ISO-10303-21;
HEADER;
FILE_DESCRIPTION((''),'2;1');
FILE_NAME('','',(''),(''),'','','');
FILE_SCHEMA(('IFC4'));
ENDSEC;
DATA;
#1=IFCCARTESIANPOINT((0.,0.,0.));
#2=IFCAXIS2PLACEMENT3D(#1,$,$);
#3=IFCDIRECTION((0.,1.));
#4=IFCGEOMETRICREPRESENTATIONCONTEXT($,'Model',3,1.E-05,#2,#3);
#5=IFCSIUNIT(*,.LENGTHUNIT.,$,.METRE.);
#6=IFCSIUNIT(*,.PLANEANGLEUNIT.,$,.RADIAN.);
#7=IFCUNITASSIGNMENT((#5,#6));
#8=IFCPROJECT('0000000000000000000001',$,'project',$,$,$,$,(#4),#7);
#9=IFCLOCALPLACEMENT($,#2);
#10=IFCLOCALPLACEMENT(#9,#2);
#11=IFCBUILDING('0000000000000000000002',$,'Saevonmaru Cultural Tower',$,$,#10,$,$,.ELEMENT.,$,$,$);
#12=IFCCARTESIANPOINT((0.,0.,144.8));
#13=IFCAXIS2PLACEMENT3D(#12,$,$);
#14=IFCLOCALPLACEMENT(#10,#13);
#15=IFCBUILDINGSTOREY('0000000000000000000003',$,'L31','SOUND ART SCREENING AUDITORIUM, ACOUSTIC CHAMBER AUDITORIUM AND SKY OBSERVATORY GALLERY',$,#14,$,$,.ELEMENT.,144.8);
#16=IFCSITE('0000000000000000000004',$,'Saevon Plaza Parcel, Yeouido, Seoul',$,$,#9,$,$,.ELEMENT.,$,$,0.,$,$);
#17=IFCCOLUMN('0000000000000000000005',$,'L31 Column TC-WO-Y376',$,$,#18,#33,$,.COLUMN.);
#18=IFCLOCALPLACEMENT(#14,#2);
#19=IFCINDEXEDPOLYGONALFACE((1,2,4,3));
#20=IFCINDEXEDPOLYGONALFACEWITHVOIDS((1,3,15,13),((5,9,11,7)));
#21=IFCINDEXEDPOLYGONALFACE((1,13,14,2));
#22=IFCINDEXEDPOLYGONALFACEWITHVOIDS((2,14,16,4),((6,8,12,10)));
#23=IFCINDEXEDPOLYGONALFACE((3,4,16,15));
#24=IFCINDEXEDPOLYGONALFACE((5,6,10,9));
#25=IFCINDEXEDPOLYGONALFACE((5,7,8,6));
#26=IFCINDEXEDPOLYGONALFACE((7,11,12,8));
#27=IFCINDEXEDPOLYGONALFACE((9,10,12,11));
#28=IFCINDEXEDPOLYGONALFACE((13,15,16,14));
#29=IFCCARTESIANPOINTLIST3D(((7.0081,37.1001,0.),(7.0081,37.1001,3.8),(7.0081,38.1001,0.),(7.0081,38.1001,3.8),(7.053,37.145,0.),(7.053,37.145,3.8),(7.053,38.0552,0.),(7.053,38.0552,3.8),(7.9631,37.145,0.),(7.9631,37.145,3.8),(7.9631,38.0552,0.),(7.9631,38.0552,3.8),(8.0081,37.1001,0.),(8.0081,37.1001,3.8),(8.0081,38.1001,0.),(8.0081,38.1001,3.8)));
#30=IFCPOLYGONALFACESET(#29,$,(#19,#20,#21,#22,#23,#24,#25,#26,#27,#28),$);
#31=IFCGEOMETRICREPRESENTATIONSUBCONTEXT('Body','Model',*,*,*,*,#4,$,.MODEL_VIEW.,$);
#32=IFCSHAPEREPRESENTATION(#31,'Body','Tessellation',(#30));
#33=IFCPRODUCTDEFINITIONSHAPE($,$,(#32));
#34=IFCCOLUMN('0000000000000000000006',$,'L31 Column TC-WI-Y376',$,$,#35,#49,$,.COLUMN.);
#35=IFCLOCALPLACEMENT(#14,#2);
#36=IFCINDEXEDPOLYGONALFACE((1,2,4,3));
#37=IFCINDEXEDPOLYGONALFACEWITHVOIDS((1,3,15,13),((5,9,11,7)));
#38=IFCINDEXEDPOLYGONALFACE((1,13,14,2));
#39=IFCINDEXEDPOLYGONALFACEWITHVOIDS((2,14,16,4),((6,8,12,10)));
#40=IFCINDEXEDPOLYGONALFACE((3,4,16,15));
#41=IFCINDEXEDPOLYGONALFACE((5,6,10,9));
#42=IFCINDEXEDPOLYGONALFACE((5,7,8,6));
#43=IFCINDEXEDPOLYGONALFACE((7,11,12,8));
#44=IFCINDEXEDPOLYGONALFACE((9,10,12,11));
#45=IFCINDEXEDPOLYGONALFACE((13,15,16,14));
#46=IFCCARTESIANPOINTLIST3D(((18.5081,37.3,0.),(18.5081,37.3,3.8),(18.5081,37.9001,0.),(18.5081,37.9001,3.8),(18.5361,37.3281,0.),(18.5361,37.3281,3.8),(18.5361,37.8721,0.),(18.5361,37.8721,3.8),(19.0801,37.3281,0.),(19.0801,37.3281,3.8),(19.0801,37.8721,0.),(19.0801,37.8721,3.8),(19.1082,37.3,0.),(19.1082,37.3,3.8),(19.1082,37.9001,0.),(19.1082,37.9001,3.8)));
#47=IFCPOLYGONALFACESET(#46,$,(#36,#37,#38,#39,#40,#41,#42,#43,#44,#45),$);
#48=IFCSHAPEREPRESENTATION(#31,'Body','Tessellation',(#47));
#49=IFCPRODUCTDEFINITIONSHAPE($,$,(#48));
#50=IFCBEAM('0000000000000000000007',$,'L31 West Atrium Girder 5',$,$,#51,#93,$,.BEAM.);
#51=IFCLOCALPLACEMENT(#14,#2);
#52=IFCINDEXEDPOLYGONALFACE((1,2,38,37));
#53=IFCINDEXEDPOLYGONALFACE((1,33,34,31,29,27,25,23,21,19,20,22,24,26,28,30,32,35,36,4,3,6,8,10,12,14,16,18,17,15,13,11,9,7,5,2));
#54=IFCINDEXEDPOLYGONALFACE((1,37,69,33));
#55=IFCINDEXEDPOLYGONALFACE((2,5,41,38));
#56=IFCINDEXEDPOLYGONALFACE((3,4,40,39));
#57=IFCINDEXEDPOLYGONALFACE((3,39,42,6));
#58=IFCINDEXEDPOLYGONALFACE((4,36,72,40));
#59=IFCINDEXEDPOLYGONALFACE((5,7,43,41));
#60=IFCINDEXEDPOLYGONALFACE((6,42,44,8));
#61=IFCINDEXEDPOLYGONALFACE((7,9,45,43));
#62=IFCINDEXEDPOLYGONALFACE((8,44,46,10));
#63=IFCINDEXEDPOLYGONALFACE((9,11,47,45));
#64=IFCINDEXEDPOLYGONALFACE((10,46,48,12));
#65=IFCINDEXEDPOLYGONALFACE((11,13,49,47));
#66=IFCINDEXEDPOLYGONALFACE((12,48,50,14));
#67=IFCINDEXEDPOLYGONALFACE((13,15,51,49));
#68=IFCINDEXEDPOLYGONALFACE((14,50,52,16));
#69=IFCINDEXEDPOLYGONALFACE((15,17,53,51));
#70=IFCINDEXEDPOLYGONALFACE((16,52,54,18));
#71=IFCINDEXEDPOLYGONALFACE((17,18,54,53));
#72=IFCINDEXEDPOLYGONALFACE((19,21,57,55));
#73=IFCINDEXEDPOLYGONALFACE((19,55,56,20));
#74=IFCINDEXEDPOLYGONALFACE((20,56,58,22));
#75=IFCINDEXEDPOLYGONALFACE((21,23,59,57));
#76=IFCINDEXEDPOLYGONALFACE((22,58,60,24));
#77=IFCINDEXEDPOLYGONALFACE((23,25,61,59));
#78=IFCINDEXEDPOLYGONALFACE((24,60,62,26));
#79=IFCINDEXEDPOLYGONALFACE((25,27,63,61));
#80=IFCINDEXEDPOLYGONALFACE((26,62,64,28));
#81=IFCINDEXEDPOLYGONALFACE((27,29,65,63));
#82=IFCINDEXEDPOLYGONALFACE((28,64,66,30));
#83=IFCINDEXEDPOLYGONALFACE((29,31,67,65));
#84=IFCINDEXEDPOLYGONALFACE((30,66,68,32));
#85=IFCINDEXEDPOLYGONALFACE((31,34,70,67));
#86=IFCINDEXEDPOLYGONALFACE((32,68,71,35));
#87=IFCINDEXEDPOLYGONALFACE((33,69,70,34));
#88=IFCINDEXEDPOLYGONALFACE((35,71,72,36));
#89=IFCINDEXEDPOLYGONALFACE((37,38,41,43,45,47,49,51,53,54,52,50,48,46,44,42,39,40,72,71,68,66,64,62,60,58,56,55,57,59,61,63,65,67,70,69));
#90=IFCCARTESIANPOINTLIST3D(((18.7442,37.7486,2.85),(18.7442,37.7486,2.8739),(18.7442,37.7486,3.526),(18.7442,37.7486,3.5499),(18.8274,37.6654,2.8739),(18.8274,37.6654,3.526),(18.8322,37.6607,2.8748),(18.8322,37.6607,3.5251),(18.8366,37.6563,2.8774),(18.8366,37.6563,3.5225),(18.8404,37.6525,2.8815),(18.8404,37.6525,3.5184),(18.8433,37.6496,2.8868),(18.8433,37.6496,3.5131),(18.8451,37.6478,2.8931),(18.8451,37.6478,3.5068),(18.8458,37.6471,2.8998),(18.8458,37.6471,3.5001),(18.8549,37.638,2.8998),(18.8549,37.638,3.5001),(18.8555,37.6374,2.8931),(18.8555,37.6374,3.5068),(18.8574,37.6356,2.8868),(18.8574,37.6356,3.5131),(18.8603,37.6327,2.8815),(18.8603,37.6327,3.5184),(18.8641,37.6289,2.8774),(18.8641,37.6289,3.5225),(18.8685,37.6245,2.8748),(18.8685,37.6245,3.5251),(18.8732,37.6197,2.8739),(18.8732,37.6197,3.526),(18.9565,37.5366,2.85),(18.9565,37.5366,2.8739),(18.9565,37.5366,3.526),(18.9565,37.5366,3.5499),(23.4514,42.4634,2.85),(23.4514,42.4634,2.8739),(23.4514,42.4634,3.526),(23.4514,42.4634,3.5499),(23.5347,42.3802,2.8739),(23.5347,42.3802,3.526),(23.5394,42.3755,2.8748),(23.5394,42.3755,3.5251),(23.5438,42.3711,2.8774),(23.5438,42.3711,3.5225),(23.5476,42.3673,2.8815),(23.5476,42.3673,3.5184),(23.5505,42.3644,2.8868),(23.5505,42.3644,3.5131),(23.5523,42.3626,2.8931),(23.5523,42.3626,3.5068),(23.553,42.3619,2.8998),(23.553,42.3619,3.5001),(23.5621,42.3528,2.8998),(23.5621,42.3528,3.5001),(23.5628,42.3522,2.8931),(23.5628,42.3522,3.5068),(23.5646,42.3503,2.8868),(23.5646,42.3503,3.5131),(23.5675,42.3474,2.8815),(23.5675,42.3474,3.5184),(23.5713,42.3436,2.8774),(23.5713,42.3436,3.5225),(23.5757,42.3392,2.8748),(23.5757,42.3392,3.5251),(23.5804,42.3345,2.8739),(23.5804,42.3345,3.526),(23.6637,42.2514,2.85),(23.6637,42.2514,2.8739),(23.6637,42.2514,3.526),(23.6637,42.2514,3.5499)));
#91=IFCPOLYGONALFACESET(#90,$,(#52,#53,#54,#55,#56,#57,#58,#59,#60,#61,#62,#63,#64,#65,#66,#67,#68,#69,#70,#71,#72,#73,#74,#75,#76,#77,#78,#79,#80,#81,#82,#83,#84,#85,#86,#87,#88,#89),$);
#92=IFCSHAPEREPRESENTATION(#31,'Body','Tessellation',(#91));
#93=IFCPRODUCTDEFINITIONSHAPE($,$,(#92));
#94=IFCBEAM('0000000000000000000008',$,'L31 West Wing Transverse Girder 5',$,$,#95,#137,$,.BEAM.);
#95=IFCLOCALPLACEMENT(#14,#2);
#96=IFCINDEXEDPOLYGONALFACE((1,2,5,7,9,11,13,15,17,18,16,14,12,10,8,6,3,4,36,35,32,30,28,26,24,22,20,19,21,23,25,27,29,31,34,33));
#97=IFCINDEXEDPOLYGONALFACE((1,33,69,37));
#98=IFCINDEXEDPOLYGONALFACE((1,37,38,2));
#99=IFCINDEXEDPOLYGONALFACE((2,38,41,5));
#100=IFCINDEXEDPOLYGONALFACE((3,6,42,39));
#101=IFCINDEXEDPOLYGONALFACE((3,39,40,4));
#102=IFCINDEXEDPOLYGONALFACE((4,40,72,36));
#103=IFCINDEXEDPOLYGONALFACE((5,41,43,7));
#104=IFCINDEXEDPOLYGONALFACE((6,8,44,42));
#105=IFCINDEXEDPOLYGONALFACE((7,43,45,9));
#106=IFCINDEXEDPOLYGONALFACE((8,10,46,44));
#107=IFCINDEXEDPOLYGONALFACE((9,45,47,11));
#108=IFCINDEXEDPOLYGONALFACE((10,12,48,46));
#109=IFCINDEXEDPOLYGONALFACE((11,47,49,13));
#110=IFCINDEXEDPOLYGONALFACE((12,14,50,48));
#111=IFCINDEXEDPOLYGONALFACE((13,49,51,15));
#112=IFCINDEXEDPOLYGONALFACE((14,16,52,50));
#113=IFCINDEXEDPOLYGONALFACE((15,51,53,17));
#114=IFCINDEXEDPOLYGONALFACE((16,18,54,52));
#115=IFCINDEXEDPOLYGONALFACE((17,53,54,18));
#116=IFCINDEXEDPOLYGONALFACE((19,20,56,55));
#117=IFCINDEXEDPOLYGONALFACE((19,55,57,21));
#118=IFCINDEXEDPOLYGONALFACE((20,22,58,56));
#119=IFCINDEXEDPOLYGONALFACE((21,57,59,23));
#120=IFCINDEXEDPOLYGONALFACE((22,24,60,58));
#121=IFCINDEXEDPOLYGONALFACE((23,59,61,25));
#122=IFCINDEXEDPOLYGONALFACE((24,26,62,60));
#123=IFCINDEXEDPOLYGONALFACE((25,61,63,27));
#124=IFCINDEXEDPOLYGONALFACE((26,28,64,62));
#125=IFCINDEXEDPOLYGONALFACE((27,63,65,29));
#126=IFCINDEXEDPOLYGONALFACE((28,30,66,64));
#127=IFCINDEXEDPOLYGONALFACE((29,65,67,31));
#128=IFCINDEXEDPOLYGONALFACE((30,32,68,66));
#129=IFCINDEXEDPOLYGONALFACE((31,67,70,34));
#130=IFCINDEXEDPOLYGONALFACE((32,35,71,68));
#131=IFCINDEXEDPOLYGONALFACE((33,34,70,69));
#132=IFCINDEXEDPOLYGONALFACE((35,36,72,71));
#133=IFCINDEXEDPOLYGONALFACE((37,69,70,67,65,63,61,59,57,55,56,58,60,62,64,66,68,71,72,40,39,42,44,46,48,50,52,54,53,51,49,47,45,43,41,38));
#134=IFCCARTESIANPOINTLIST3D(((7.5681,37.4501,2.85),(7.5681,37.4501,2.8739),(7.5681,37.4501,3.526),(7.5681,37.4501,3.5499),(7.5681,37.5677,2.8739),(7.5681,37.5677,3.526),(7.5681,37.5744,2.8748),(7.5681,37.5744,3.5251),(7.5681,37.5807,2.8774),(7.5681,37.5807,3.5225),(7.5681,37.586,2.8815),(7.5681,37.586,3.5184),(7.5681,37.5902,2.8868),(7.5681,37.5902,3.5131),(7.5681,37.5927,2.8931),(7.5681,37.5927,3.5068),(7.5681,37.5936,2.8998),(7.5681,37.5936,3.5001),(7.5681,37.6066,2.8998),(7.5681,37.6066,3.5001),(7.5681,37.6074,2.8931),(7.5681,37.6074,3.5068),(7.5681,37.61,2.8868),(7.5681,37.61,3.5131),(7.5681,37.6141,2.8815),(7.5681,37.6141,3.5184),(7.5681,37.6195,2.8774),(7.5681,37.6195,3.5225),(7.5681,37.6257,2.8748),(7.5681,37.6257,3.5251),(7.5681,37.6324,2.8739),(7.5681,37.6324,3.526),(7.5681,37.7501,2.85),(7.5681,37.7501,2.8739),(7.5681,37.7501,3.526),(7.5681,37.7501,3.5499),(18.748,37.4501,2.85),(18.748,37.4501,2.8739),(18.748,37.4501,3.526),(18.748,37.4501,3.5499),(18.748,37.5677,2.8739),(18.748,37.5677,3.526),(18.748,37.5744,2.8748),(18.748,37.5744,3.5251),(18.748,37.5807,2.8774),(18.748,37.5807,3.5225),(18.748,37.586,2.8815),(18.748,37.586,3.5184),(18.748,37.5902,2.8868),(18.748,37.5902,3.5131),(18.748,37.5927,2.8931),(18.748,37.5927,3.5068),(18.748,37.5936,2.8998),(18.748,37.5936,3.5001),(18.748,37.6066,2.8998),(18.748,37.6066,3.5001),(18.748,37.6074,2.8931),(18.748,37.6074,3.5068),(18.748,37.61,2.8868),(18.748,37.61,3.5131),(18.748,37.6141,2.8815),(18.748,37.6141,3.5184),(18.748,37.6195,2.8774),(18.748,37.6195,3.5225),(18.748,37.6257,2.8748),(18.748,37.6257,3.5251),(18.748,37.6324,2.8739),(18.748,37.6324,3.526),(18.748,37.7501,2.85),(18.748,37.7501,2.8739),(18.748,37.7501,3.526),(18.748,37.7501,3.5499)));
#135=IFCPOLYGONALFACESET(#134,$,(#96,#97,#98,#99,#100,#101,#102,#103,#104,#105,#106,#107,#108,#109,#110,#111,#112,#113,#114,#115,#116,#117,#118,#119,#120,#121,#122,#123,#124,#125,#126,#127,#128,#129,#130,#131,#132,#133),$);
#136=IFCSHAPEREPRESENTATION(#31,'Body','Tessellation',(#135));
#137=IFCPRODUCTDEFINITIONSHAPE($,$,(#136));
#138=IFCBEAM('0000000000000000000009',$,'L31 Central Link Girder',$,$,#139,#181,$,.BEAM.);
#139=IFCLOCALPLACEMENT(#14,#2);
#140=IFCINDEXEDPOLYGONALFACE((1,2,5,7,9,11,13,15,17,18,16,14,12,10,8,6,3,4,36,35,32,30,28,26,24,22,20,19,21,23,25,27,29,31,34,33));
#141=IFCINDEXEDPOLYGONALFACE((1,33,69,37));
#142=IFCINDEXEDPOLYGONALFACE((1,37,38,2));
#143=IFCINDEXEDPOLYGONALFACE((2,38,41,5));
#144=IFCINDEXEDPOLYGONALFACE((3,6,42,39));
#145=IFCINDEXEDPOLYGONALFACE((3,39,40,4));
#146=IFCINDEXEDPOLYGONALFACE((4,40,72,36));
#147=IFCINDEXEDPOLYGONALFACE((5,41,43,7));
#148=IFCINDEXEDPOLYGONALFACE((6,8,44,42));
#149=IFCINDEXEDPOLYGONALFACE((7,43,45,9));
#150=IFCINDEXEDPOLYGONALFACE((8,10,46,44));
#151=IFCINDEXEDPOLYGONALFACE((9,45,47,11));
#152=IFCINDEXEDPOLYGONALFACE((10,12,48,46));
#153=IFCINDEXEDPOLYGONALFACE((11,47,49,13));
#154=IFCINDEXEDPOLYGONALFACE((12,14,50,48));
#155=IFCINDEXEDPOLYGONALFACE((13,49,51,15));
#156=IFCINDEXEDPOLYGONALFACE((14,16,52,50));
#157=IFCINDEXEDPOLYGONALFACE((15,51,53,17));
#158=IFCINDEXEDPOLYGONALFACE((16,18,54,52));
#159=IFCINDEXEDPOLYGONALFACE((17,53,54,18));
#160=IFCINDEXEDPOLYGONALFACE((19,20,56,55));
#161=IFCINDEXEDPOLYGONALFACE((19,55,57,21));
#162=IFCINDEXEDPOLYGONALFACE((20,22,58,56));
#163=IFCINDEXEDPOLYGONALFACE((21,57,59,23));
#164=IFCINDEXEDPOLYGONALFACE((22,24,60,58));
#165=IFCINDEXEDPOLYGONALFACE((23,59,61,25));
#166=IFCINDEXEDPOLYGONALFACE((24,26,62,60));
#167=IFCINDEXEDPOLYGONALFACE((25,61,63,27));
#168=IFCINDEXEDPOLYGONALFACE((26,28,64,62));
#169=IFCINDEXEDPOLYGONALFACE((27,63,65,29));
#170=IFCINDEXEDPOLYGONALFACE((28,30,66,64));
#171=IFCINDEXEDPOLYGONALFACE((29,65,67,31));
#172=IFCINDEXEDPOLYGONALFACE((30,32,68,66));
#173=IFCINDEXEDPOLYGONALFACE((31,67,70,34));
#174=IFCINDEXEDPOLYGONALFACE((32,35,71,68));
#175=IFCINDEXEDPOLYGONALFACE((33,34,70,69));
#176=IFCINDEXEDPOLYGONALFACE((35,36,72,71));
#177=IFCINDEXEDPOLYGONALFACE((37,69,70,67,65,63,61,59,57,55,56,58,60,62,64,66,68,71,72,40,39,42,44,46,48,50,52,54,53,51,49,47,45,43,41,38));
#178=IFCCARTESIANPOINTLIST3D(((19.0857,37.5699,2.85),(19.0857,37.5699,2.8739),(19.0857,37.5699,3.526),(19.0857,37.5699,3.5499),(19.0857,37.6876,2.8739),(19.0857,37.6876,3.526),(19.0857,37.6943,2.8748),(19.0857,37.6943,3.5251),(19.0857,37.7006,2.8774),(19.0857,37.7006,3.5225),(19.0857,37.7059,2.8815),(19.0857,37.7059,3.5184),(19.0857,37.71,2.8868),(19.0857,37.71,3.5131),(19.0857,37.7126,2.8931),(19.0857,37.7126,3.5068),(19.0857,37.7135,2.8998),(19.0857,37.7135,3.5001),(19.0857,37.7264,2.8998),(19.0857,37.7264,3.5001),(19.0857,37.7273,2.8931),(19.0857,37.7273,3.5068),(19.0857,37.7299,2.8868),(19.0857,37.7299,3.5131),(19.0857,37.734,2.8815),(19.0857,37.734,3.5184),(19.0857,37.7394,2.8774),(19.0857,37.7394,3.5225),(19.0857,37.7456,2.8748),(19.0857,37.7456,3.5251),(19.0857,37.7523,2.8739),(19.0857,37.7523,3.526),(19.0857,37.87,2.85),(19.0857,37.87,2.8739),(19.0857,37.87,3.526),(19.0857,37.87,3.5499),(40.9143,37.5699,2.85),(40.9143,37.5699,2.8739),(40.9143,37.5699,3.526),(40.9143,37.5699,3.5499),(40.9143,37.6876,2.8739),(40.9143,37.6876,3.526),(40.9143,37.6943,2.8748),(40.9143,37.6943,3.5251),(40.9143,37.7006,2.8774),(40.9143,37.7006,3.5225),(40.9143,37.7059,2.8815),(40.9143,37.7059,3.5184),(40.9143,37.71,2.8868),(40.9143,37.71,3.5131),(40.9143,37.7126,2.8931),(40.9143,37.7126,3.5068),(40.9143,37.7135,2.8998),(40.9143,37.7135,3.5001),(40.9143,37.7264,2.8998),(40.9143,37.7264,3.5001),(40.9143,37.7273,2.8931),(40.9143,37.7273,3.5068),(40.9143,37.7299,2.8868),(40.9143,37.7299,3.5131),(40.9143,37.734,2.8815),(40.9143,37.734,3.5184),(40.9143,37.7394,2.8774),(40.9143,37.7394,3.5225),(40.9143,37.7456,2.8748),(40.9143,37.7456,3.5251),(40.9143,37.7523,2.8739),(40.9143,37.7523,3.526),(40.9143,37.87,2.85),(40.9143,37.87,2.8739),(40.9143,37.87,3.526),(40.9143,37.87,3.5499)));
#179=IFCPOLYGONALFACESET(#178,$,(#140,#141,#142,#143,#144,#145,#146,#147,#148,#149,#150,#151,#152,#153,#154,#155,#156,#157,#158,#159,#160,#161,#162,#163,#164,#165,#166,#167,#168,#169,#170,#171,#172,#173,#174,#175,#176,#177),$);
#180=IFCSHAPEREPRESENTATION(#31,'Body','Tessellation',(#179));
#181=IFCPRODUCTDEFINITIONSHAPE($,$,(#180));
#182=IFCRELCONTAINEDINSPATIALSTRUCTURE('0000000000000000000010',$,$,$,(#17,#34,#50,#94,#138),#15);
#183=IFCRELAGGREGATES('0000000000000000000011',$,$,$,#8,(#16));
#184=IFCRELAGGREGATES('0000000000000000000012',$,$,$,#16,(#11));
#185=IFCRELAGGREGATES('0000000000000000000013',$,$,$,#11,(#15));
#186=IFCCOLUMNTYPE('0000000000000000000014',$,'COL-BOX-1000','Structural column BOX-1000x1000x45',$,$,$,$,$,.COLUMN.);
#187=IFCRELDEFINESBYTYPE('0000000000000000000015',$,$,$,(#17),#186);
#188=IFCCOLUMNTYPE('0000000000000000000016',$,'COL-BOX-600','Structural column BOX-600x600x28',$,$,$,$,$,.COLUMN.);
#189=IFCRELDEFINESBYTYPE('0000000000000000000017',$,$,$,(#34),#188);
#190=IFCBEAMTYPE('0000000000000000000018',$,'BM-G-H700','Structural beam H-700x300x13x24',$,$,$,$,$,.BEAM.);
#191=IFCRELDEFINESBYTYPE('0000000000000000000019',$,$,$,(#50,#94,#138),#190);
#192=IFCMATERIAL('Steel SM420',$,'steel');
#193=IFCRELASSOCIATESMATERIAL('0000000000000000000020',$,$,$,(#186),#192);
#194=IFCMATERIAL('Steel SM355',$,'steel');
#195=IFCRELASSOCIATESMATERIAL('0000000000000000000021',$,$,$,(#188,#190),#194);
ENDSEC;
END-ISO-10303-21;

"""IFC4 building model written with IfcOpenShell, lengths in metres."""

from ifc_helpers import new_model, si_unit, direction, frame, origin, origin_2d, place, context, subcontext, project, spatial, hollow_rectangle, i_section, extrude, material, material_profile, profile_set, type_object, element, save


model = new_model("IFC4")

# Units and contexts
model_context = context("Model", 3, precision=1e-05, world=origin(), true_north=direction((0.0, 1.0)))
body_context = subcontext(model_context, "Body", "Model", "MODEL_VIEW")
ifc_project = project(units=[si_unit("LENGTHUNIT", "METRE"), si_unit("PLANEANGLEUNIT", "RADIAN")], contexts=[model_context])

# Site, building, storey
site_placement = place(None, origin())
site = spatial("IfcSite", under=ifc_project, at=site_placement, Name="Saevon Plaza Parcel, Yeouido, Seoul", CompositionType="ELEMENT", RefElevation=0.0)
building_placement = place(site_placement, origin())
building = spatial("IfcBuilding", under=site, at=building_placement, Name="Saevonmaru Cultural Tower", CompositionType="ELEMENT")
storey_placement = place(building_placement, frame((0.0, 0.0, 144.8)))
storey = spatial("IfcBuildingStorey", under=building, at=storey_placement, Name="L31", Description="SOUND ART SCREENING AUDITORIUM, ACOUSTIC CHAMBER AUDITORIUM AND SKY OBSERVATORY GALLERY", CompositionType="ELEMENT", Elevation=144.8)

# Columns
ifc_material_1 = material(Name="Steel SM420", Category="steel")
ifc_material_profile_1 = material_profile(ifc_material_1, hollow_rectangle(XDim=1.0, YDim=1.0, WallThickness=0.0449, at=origin_2d()), Name="BOX-1000x1000x45")
ifc_profile_set_1 = profile_set([ifc_material_profile_1], Name="Steel SM420")
column_type_1 = type_object("IfcColumnType", Name="COL-BOX-1000", Description="Structural column BOX-1000x1000x45", PredefinedType="COLUMN", material=ifc_profile_set_1)
column_1_placement = place(storey_placement, frame((7.5081, 37.6001, 0.0), z_axis=(0.0, 0.0, 1.0), x_axis=(1.0, 0.0, 0.0)))
element("IfcColumn", 1, at=column_1_placement, inside=storey, type_object=column_type_1, Name="L31 Column TC-WO-Y376", PredefinedType="COLUMN", context=body_context, shape_type="SweptSolid", body=[
    extrude(hollow_rectangle(XDim=1.0, YDim=1.0, WallThickness=0.0449, at=origin_2d()), origin(), (0.0, 0.0, 1.0), 3.8),
])
ifc_material_2 = material(Name="Steel SM355", Category="steel")
ifc_material_profile_2 = material_profile(ifc_material_2, hollow_rectangle(XDim=0.6001, YDim=0.6001, WallThickness=0.0281, at=origin_2d()), Name="BOX-600x600x28")
ifc_profile_set_2 = profile_set([ifc_material_profile_2], Name="Steel SM355")
column_type_2 = type_object("IfcColumnType", Name="COL-BOX-600", Description="Structural column BOX-600x600x28", PredefinedType="COLUMN", material=ifc_profile_set_2)
column_2_placement = place(storey_placement, frame((18.8081, 37.6001, 0.0), z_axis=(0.0, 0.0, 1.0), x_axis=(1.0, 0.0, 0.0)))
element("IfcColumn", 2, at=column_2_placement, inside=storey, type_object=column_type_2, Name="L31 Column TC-WI-Y376", PredefinedType="COLUMN", context=body_context, shape_type="SweptSolid", body=[
    extrude(hollow_rectangle(XDim=0.6001, YDim=0.6001, WallThickness=0.0281, at=origin_2d()), origin(), (0.0, 0.0, 1.0), 3.8),
])

# Beams
ifc_material_profile_3 = material_profile(ifc_material_2, i_section(OverallWidth=0.3, OverallDepth=0.7, WebThickness=0.0129, FlangeThickness=0.0239, FilletRadius=0.0259, at=origin_2d()), Name="H-700x300x13x24")
ifc_profile_set_3 = profile_set([ifc_material_profile_3], Name="Steel SM355")
beam_type_1 = type_object("IfcBeamType", Name="BM-G-H700", Description="Structural beam H-700x300x13x24", PredefinedType="BEAM", material=ifc_profile_set_3)
beam_1_placement = place(storey_placement, frame((18.8503, 37.6426, 3.2), z_axis=(0.706539, 0.707675, 0.0), x_axis=(-0.707675, 0.706539, 0.0)))
element("IfcBeam", 3, at=beam_1_placement, inside=storey, type_object=beam_type_1, Name="L31 West Atrium Girder 5", PredefinedType="BEAM", context=body_context, shape_type="SweptSolid", body=[
    extrude(i_section(OverallWidth=0.3, OverallDepth=0.7, WebThickness=0.0129, FlangeThickness=0.0239, FilletRadius=0.0259, at=origin_2d()), origin(), (0.0, 0.0, 1.0), 6.6624),
])
beam_2_placement = place(storey_placement, frame((7.5681, 37.6001, 3.2), z_axis=(1.0, 0.0, 0.0), x_axis=(0.0, 1.0, 0.0)))
element("IfcBeam", 4, at=beam_2_placement, inside=storey, type_object=beam_type_1, Name="L31 West Wing Transverse Girder 5", PredefinedType="BEAM", context=body_context, shape_type="SweptSolid", body=[
    extrude(i_section(OverallWidth=0.3, OverallDepth=0.7, WebThickness=0.0129, FlangeThickness=0.0239, FilletRadius=0.0259, at=origin_2d()), origin(), (0.0, 0.0, 1.0), 11.1799),
])
beam_3_placement = place(storey_placement, frame((19.0857, 37.72, 3.2), z_axis=(1.0, 0.0, 0.0), x_axis=(0.0, 1.0, 0.0)))
element("IfcBeam", 5, at=beam_3_placement, inside=storey, type_object=beam_type_1, Name="L31 Central Link Girder", PredefinedType="BEAM", context=body_context, shape_type="SweptSolid", body=[
    extrude(i_section(OverallWidth=0.3, OverallDepth=0.7, WebThickness=0.0129, FlangeThickness=0.0239, FilletRadius=0.0259, at=origin_2d()), origin(), (0.0, 0.0, 1.0), 21.8286),
])

save(model, "model.ifc")
